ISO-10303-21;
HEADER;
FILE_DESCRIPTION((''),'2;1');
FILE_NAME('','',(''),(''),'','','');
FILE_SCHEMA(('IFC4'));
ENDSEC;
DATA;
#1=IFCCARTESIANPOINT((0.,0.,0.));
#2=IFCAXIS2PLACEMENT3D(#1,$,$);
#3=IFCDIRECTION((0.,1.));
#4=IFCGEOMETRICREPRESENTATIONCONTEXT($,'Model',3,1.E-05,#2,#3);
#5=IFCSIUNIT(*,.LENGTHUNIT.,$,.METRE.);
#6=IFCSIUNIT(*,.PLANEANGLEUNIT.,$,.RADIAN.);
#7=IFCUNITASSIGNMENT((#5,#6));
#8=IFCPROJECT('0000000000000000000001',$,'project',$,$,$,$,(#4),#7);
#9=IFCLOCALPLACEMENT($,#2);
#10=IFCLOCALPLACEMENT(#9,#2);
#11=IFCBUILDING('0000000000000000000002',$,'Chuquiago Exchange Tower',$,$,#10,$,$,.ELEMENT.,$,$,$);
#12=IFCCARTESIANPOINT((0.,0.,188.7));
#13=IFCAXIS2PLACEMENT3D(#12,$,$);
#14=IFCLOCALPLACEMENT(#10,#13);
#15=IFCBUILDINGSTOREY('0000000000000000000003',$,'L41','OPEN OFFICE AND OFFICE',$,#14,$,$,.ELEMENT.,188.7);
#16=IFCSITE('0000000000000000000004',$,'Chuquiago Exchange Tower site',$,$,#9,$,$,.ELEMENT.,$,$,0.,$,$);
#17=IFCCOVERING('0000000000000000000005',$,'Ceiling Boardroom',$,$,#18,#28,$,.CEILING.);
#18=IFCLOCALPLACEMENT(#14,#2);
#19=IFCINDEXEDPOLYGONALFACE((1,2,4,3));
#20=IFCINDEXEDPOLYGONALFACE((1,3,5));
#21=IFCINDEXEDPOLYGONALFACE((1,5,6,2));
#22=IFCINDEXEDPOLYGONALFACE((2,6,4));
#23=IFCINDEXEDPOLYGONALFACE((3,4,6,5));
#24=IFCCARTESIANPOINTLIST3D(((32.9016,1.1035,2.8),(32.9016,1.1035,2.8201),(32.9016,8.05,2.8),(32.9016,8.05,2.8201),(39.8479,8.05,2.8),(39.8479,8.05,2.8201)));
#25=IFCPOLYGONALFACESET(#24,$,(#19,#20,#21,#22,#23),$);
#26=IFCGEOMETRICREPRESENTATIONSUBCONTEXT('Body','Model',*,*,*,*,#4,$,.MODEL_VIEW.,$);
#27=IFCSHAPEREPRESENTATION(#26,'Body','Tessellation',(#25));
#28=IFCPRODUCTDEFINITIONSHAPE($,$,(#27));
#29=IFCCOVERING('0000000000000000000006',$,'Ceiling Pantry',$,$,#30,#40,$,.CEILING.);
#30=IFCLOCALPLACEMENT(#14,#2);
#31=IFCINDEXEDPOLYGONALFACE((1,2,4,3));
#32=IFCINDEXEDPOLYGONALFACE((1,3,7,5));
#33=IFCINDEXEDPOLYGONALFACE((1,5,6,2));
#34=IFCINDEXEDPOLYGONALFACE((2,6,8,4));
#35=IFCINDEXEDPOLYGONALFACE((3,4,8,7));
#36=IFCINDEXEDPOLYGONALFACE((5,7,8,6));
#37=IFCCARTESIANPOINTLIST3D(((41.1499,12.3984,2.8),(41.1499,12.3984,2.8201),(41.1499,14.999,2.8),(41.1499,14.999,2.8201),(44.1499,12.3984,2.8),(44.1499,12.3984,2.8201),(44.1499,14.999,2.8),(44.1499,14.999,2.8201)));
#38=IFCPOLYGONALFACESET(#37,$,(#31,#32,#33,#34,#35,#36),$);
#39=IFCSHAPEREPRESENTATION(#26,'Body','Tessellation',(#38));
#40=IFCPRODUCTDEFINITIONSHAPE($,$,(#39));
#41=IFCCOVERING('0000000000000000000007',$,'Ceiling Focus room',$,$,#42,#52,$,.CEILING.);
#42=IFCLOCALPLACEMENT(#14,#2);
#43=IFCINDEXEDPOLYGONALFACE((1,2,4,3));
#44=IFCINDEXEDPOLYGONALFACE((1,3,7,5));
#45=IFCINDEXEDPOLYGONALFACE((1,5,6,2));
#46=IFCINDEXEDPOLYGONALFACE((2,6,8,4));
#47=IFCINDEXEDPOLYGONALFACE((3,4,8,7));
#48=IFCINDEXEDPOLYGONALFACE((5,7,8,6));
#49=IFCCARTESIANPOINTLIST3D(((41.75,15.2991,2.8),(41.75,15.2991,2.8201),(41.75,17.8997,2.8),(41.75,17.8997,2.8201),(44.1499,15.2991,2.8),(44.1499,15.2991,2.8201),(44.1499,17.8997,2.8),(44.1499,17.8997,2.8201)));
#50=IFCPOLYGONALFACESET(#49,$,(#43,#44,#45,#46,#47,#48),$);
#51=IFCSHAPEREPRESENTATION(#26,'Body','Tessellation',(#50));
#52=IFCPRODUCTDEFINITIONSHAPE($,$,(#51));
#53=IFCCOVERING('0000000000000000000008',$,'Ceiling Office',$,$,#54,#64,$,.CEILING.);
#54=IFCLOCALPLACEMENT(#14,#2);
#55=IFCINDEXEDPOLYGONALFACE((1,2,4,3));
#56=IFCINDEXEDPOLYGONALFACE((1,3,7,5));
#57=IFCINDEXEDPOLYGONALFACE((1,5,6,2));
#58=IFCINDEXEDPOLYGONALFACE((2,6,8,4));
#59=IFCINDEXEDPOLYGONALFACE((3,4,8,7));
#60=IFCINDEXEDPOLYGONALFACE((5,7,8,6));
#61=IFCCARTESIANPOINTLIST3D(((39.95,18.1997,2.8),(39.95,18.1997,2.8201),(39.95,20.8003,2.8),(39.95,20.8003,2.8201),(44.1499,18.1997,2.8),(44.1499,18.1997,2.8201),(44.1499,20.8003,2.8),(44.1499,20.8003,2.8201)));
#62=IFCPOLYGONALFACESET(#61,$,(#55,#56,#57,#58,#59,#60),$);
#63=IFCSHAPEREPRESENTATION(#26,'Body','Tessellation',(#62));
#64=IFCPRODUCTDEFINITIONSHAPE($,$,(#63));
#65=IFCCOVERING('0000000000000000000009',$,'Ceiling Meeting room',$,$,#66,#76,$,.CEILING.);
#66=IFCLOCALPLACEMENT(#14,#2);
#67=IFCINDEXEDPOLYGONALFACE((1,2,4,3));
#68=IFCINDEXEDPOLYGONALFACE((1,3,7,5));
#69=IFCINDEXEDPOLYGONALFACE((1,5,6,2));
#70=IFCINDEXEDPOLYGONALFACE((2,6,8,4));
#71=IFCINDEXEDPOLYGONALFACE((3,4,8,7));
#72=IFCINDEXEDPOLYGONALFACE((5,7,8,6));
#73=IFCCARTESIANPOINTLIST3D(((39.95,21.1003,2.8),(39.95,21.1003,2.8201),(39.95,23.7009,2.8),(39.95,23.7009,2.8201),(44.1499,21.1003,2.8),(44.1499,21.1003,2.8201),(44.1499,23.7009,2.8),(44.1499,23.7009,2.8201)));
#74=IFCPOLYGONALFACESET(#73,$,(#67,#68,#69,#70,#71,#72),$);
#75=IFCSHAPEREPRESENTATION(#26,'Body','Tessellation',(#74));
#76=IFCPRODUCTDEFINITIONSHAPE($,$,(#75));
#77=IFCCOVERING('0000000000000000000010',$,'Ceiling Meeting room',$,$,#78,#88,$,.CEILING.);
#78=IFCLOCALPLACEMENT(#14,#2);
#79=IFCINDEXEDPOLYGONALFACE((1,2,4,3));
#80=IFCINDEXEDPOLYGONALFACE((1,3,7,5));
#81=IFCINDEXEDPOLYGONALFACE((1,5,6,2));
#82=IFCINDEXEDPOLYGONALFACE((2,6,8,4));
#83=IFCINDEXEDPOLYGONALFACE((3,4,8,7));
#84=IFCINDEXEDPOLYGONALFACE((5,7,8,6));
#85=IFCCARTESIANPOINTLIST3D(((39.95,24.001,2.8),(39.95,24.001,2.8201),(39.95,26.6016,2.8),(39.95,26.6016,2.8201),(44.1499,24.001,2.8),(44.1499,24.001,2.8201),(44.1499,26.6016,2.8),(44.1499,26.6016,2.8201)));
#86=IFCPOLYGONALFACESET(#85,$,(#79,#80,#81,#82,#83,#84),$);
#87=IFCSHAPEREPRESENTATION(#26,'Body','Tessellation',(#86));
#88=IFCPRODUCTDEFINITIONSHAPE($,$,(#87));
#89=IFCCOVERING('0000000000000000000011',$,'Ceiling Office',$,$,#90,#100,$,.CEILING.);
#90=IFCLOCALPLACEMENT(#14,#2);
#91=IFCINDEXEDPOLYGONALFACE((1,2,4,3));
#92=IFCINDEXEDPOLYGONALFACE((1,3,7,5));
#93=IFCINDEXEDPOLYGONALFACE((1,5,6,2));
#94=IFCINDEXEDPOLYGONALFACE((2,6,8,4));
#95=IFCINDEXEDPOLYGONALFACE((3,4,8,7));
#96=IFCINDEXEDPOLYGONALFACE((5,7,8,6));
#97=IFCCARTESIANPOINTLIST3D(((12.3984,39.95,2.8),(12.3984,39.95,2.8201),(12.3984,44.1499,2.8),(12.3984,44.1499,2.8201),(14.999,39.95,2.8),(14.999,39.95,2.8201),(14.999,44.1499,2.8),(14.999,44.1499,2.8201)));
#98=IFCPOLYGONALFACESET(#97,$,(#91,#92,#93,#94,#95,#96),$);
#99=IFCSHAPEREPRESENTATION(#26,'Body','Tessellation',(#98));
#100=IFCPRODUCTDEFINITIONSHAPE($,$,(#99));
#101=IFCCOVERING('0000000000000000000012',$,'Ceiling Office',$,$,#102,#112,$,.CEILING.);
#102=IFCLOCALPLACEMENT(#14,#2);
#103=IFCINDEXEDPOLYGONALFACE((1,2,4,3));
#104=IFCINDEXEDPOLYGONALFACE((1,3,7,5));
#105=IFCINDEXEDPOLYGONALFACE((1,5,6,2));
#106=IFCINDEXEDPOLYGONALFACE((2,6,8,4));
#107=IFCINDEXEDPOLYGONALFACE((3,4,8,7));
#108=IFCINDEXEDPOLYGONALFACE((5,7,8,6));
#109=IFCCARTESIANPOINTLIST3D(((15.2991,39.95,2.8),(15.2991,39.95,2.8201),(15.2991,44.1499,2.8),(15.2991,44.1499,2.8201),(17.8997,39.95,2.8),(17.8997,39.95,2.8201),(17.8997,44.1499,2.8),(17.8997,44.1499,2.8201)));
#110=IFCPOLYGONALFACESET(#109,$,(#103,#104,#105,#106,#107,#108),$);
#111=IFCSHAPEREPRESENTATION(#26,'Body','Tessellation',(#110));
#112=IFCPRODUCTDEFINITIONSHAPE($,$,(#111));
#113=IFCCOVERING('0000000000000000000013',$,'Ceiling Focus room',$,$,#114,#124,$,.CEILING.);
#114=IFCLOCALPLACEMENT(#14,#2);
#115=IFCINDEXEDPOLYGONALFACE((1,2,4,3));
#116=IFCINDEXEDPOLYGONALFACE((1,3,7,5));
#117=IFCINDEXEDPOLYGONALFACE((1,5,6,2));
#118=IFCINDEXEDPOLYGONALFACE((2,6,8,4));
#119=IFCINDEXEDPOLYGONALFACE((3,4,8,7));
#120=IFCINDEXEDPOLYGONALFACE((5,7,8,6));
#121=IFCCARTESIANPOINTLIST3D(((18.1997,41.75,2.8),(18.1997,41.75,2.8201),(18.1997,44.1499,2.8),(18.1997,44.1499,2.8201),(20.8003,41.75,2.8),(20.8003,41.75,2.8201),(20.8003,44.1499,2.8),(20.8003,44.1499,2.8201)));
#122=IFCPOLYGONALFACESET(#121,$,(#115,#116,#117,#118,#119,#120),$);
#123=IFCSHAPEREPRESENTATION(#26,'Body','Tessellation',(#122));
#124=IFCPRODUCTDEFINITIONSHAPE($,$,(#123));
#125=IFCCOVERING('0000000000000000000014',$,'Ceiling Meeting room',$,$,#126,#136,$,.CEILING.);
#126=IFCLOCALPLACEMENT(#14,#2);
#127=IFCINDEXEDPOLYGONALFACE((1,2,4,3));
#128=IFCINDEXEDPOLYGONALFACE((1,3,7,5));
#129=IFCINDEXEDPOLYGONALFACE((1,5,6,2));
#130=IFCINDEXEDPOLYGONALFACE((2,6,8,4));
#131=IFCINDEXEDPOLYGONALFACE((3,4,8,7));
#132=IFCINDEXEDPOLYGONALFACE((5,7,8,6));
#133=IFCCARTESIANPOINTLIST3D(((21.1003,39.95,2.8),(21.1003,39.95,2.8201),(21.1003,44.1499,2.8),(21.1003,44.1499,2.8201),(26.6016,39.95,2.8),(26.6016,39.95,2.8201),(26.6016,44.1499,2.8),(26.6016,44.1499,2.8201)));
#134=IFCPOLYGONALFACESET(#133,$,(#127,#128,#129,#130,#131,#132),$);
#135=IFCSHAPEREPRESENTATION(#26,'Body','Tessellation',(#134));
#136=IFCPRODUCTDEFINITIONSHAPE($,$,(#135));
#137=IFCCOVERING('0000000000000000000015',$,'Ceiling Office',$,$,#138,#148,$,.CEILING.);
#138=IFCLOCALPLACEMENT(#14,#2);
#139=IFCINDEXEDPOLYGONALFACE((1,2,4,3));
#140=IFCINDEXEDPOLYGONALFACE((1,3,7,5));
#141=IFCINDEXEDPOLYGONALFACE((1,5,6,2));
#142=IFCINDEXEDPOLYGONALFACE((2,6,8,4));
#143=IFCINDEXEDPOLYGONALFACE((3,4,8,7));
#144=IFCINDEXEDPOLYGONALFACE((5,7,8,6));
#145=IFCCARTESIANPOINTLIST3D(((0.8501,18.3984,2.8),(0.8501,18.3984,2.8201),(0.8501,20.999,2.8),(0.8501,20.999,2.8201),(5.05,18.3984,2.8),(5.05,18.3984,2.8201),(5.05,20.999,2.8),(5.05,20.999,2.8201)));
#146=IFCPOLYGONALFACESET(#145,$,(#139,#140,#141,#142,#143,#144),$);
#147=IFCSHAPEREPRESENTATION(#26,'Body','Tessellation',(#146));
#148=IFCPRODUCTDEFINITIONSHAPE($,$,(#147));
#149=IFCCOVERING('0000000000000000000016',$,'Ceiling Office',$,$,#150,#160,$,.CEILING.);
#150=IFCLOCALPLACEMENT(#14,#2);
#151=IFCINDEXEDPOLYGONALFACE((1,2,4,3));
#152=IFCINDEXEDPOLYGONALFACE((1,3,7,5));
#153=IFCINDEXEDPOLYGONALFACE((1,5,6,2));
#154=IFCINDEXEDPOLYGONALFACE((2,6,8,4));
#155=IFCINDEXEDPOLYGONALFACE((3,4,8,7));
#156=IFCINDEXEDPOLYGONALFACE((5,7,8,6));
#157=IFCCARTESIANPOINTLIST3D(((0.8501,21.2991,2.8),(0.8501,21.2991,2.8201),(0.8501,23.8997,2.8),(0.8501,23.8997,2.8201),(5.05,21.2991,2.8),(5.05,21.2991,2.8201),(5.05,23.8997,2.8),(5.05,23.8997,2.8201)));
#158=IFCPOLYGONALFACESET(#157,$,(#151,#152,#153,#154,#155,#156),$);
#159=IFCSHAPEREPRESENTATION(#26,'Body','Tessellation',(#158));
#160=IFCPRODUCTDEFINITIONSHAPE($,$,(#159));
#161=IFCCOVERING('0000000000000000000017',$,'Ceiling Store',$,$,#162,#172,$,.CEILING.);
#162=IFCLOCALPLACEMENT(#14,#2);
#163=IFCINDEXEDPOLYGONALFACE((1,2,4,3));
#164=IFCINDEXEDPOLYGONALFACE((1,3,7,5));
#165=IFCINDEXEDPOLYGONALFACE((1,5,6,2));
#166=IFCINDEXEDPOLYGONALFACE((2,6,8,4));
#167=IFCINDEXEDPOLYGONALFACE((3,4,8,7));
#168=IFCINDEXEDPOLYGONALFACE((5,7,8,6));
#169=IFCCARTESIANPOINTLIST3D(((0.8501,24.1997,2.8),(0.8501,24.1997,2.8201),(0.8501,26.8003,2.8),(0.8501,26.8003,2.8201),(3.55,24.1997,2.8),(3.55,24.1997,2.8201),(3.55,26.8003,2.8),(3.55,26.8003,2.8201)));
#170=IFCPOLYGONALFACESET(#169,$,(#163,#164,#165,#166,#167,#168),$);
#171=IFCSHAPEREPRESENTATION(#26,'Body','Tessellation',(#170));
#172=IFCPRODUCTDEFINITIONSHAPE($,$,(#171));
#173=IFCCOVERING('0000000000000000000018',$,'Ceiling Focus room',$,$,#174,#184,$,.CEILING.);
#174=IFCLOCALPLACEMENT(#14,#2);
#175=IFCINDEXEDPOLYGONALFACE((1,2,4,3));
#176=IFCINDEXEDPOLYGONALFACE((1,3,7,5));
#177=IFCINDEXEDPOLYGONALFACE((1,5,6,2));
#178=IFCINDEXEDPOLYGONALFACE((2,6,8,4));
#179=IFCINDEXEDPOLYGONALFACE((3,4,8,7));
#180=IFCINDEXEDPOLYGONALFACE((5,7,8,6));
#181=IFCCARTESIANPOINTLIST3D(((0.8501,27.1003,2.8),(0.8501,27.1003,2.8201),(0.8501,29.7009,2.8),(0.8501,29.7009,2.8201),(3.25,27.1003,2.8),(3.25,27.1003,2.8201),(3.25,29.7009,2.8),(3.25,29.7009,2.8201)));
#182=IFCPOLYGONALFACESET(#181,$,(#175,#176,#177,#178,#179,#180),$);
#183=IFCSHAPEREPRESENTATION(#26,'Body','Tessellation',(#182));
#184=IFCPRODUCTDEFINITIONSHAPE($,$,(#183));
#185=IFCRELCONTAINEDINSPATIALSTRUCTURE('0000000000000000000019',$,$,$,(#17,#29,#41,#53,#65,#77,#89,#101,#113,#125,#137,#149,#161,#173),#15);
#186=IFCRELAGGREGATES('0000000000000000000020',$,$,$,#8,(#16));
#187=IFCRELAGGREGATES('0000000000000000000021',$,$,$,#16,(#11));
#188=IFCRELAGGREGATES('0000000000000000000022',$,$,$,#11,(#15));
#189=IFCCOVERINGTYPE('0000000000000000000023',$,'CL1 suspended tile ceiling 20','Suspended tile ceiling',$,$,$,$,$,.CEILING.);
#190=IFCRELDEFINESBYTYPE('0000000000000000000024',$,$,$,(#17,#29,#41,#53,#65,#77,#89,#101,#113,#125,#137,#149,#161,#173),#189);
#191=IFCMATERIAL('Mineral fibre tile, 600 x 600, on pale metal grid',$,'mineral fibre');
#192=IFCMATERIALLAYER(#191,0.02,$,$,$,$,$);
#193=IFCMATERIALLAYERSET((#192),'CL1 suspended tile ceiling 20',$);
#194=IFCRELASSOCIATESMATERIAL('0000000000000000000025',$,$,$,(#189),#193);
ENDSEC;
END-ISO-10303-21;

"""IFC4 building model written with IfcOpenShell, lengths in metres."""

from ifc_helpers import new_model, si_unit, direction, frame, origin, place, context, subcontext, project, spatial, polyline, outline, extrude, material, layer, layer_set, type_object, element, save


model = new_model("IFC4")

# Units and contexts
model_context = context("Model", 3, precision=1e-05, world=origin(), true_north=direction((0.0, 1.0)))
body_context = subcontext(model_context, "Body", "Model", "MODEL_VIEW")
ifc_project = project(units=[si_unit("LENGTHUNIT", "METRE"), si_unit("PLANEANGLEUNIT", "RADIAN")], contexts=[model_context])

# Site, building, storey
site_placement = place(None, origin())
site = spatial("IfcSite", under=ifc_project, at=site_placement, Name="Chuquiago Exchange Tower site", CompositionType="ELEMENT", RefElevation=0.0)
building_placement = place(site_placement, origin())
building = spatial("IfcBuilding", under=site, at=building_placement, Name="Chuquiago Exchange Tower", CompositionType="ELEMENT")
storey_placement = place(building_placement, frame((0.0, 0.0, 188.7)))
storey = spatial("IfcBuildingStorey", under=building, at=storey_placement, Name="L41", Description="OPEN OFFICE AND OFFICE", CompositionType="ELEMENT", Elevation=188.7)

# Coverings
ifc_material_1 = material(Name="Mineral fibre tile, 600 x 600, on pale metal grid", Category="mineral fibre")
ifc_layer_1 = layer(ifc_material_1, 0.02)
ifc_layer_set_1 = layer_set([ifc_layer_1], Name="CL1 suspended tile ceiling 20")
covering_type_1 = type_object("IfcCoveringType", Name="CL1 suspended tile ceiling 20", Description="Suspended tile ceiling", PredefinedType="CEILING", material=ifc_layer_set_1)
covering_1_placement = place(storey_placement, frame((0.0, 0.0, 2.8)))
element("IfcCovering", 1, at=covering_1_placement, inside=storey, type_object=covering_type_1, Name="Ceiling Boardroom", PredefinedType="CEILING", context=body_context, shape_type="SweptSolid", body=[
    extrude(outline(polyline([(32.9016, 8.05), (39.8479, 8.05), (32.9016, 1.1035), (32.9016, 8.05)])), origin(), (0.0, 0.0, 1.0), 0.02),
])
covering_2_placement = place(storey_placement, frame((0.0, 0.0, 2.8)))
element("IfcCovering", 2, at=covering_2_placement, inside=storey, type_object=covering_type_1, Name="Ceiling Pantry", PredefinedType="CEILING", context=body_context, shape_type="SweptSolid", body=[
    extrude(outline(polyline([(41.1499, 12.3984), (41.1499, 14.999), (44.1499, 14.999), (44.1499, 12.3984), (41.1499, 12.3984)])), origin(), (0.0, 0.0, 1.0), 0.02),
])
covering_3_placement = place(storey_placement, frame((0.0, 0.0, 2.8)))
element("IfcCovering", 3, at=covering_3_placement, inside=storey, type_object=covering_type_1, Name="Ceiling Focus room", PredefinedType="CEILING", context=body_context, shape_type="SweptSolid", body=[
    extrude(outline(polyline([(41.75, 15.2991), (41.75, 17.8997), (44.1499, 17.8997), (44.1499, 15.2991), (41.75, 15.2991)])), origin(), (0.0, 0.0, 1.0), 0.02),
])
covering_4_placement = place(storey_placement, frame((0.0, 0.0, 2.8)))
element("IfcCovering", 4, at=covering_4_placement, inside=storey, type_object=covering_type_1, Name="Ceiling Office", PredefinedType="CEILING", context=body_context, shape_type="SweptSolid", body=[
    extrude(outline(polyline([(39.95, 18.1997), (39.95, 20.8003), (44.1499, 20.8003), (44.1499, 18.1997), (39.95, 18.1997)])), origin(), (0.0, 0.0, 1.0), 0.02),
])
covering_5_placement = place(storey_placement, frame((0.0, 0.0, 2.8)))
element("IfcCovering", 5, at=covering_5_placement, inside=storey, type_object=covering_type_1, Name="Ceiling Meeting room", PredefinedType="CEILING", context=body_context, shape_type="SweptSolid", body=[
    extrude(outline(polyline([(39.95, 21.1003), (39.95, 23.7009), (44.1499, 23.7009), (44.1499, 21.1003), (39.95, 21.1003)])), origin(), (0.0, 0.0, 1.0), 0.02),
])
covering_6_placement = place(storey_placement, frame((0.0, 0.0, 2.8)))
element("IfcCovering", 6, at=covering_6_placement, inside=storey, type_object=covering_type_1, Name="Ceiling Meeting room", PredefinedType="CEILING", context=body_context, shape_type="SweptSolid", body=[
    extrude(outline(polyline([(44.1499, 24.001), (39.95, 24.001), (39.95, 26.6016), (44.1499, 26.6016), (44.1499, 24.001)])), origin(), (0.0, 0.0, 1.0), 0.02),
])
covering_7_placement = place(storey_placement, frame((0.0, 0.0, 2.8)))
element("IfcCovering", 7, at=covering_7_placement, inside=storey, type_object=covering_type_1, Name="Ceiling Office", PredefinedType="CEILING", context=body_context, shape_type="SweptSolid", body=[
    extrude(outline(polyline([(14.999, 44.1499), (14.999, 39.95), (12.3984, 39.95), (12.3984, 44.1499), (14.999, 44.1499)])), origin(), (0.0, 0.0, 1.0), 0.02),
])
covering_8_placement = place(storey_placement, frame((0.0, 0.0, 2.8)))
element("IfcCovering", 8, at=covering_8_placement, inside=storey, type_object=covering_type_1, Name="Ceiling Office", PredefinedType="CEILING", context=body_context, shape_type="SweptSolid", body=[
    extrude(outline(polyline([(17.8997, 39.95), (15.2991, 39.95), (15.2991, 44.1499), (17.8997, 44.1499), (17.8997, 39.95)])), origin(), (0.0, 0.0, 1.0), 0.02),
])
covering_9_placement = place(storey_placement, frame((0.0, 0.0, 2.8)))
element("IfcCovering", 9, at=covering_9_placement, inside=storey, type_object=covering_type_1, Name="Ceiling Focus room", PredefinedType="CEILING", context=body_context, shape_type="SweptSolid", body=[
    extrude(outline(polyline([(20.8003, 41.75), (18.1997, 41.75), (18.1997, 44.1499), (20.8003, 44.1499), (20.8003, 41.75)])), origin(), (0.0, 0.0, 1.0), 0.02),
])
covering_10_placement = place(storey_placement, frame((0.0, 0.0, 2.8)))
element("IfcCovering", 10, at=covering_10_placement, inside=storey, type_object=covering_type_1, Name="Ceiling Meeting room", PredefinedType="CEILING", context=body_context, shape_type="SweptSolid", body=[
    extrude(outline(polyline([(26.6016, 39.95), (21.1003, 39.95), (21.1003, 44.1499), (26.6016, 44.1499), (26.6016, 39.95)])), origin(), (0.0, 0.0, 1.0), 0.02),
])
covering_11_placement = place(storey_placement, frame((0.0, 0.0, 2.8)))
element("IfcCovering", 11, at=covering_11_placement, inside=storey, type_object=covering_type_1, Name="Ceiling Office", PredefinedType="CEILING", context=body_context, shape_type="SweptSolid", body=[
    extrude(outline(polyline([(0.8501, 20.999), (5.05, 20.999), (5.05, 18.3984), (0.8501, 18.3984), (0.8501, 20.999)])), origin(), (0.0, 0.0, 1.0), 0.02),
])
covering_12_placement = place(storey_placement, frame((0.0, 0.0, 2.8)))
element("IfcCovering", 12, at=covering_12_placement, inside=storey, type_object=covering_type_1, Name="Ceiling Office", PredefinedType="CEILING", context=body_context, shape_type="SweptSolid", body=[
    extrude(outline(polyline([(5.05, 23.8997), (5.05, 21.2991), (0.8501, 21.2991), (0.8501, 23.8997), (5.05, 23.8997)])), origin(), (0.0, 0.0, 1.0), 0.02),
])
covering_13_placement = place(storey_placement, frame((0.0, 0.0, 2.8)))
element("IfcCovering", 13, at=covering_13_placement, inside=storey, type_object=covering_type_1, Name="Ceiling Store", PredefinedType="CEILING", context=body_context, shape_type="SweptSolid", body=[
    extrude(outline(polyline([(3.55, 26.8003), (3.55, 24.1997), (0.8501, 24.1997), (0.8501, 26.8003), (3.55, 26.8003)])), origin(), (0.0, 0.0, 1.0), 0.02),
])
covering_14_placement = place(storey_placement, frame((0.0, 0.0, 2.8)))
element("IfcCovering", 14, at=covering_14_placement, inside=storey, type_object=covering_type_1, Name="Ceiling Focus room", PredefinedType="CEILING", context=body_context, shape_type="SweptSolid", body=[
    extrude(outline(polyline([(3.25, 29.7009), (3.25, 27.1003), (0.8501, 27.1003), (0.8501, 29.7009), (3.25, 29.7009)])), origin(), (0.0, 0.0, 1.0), 0.02),
])

save(model, "model.ifc")
